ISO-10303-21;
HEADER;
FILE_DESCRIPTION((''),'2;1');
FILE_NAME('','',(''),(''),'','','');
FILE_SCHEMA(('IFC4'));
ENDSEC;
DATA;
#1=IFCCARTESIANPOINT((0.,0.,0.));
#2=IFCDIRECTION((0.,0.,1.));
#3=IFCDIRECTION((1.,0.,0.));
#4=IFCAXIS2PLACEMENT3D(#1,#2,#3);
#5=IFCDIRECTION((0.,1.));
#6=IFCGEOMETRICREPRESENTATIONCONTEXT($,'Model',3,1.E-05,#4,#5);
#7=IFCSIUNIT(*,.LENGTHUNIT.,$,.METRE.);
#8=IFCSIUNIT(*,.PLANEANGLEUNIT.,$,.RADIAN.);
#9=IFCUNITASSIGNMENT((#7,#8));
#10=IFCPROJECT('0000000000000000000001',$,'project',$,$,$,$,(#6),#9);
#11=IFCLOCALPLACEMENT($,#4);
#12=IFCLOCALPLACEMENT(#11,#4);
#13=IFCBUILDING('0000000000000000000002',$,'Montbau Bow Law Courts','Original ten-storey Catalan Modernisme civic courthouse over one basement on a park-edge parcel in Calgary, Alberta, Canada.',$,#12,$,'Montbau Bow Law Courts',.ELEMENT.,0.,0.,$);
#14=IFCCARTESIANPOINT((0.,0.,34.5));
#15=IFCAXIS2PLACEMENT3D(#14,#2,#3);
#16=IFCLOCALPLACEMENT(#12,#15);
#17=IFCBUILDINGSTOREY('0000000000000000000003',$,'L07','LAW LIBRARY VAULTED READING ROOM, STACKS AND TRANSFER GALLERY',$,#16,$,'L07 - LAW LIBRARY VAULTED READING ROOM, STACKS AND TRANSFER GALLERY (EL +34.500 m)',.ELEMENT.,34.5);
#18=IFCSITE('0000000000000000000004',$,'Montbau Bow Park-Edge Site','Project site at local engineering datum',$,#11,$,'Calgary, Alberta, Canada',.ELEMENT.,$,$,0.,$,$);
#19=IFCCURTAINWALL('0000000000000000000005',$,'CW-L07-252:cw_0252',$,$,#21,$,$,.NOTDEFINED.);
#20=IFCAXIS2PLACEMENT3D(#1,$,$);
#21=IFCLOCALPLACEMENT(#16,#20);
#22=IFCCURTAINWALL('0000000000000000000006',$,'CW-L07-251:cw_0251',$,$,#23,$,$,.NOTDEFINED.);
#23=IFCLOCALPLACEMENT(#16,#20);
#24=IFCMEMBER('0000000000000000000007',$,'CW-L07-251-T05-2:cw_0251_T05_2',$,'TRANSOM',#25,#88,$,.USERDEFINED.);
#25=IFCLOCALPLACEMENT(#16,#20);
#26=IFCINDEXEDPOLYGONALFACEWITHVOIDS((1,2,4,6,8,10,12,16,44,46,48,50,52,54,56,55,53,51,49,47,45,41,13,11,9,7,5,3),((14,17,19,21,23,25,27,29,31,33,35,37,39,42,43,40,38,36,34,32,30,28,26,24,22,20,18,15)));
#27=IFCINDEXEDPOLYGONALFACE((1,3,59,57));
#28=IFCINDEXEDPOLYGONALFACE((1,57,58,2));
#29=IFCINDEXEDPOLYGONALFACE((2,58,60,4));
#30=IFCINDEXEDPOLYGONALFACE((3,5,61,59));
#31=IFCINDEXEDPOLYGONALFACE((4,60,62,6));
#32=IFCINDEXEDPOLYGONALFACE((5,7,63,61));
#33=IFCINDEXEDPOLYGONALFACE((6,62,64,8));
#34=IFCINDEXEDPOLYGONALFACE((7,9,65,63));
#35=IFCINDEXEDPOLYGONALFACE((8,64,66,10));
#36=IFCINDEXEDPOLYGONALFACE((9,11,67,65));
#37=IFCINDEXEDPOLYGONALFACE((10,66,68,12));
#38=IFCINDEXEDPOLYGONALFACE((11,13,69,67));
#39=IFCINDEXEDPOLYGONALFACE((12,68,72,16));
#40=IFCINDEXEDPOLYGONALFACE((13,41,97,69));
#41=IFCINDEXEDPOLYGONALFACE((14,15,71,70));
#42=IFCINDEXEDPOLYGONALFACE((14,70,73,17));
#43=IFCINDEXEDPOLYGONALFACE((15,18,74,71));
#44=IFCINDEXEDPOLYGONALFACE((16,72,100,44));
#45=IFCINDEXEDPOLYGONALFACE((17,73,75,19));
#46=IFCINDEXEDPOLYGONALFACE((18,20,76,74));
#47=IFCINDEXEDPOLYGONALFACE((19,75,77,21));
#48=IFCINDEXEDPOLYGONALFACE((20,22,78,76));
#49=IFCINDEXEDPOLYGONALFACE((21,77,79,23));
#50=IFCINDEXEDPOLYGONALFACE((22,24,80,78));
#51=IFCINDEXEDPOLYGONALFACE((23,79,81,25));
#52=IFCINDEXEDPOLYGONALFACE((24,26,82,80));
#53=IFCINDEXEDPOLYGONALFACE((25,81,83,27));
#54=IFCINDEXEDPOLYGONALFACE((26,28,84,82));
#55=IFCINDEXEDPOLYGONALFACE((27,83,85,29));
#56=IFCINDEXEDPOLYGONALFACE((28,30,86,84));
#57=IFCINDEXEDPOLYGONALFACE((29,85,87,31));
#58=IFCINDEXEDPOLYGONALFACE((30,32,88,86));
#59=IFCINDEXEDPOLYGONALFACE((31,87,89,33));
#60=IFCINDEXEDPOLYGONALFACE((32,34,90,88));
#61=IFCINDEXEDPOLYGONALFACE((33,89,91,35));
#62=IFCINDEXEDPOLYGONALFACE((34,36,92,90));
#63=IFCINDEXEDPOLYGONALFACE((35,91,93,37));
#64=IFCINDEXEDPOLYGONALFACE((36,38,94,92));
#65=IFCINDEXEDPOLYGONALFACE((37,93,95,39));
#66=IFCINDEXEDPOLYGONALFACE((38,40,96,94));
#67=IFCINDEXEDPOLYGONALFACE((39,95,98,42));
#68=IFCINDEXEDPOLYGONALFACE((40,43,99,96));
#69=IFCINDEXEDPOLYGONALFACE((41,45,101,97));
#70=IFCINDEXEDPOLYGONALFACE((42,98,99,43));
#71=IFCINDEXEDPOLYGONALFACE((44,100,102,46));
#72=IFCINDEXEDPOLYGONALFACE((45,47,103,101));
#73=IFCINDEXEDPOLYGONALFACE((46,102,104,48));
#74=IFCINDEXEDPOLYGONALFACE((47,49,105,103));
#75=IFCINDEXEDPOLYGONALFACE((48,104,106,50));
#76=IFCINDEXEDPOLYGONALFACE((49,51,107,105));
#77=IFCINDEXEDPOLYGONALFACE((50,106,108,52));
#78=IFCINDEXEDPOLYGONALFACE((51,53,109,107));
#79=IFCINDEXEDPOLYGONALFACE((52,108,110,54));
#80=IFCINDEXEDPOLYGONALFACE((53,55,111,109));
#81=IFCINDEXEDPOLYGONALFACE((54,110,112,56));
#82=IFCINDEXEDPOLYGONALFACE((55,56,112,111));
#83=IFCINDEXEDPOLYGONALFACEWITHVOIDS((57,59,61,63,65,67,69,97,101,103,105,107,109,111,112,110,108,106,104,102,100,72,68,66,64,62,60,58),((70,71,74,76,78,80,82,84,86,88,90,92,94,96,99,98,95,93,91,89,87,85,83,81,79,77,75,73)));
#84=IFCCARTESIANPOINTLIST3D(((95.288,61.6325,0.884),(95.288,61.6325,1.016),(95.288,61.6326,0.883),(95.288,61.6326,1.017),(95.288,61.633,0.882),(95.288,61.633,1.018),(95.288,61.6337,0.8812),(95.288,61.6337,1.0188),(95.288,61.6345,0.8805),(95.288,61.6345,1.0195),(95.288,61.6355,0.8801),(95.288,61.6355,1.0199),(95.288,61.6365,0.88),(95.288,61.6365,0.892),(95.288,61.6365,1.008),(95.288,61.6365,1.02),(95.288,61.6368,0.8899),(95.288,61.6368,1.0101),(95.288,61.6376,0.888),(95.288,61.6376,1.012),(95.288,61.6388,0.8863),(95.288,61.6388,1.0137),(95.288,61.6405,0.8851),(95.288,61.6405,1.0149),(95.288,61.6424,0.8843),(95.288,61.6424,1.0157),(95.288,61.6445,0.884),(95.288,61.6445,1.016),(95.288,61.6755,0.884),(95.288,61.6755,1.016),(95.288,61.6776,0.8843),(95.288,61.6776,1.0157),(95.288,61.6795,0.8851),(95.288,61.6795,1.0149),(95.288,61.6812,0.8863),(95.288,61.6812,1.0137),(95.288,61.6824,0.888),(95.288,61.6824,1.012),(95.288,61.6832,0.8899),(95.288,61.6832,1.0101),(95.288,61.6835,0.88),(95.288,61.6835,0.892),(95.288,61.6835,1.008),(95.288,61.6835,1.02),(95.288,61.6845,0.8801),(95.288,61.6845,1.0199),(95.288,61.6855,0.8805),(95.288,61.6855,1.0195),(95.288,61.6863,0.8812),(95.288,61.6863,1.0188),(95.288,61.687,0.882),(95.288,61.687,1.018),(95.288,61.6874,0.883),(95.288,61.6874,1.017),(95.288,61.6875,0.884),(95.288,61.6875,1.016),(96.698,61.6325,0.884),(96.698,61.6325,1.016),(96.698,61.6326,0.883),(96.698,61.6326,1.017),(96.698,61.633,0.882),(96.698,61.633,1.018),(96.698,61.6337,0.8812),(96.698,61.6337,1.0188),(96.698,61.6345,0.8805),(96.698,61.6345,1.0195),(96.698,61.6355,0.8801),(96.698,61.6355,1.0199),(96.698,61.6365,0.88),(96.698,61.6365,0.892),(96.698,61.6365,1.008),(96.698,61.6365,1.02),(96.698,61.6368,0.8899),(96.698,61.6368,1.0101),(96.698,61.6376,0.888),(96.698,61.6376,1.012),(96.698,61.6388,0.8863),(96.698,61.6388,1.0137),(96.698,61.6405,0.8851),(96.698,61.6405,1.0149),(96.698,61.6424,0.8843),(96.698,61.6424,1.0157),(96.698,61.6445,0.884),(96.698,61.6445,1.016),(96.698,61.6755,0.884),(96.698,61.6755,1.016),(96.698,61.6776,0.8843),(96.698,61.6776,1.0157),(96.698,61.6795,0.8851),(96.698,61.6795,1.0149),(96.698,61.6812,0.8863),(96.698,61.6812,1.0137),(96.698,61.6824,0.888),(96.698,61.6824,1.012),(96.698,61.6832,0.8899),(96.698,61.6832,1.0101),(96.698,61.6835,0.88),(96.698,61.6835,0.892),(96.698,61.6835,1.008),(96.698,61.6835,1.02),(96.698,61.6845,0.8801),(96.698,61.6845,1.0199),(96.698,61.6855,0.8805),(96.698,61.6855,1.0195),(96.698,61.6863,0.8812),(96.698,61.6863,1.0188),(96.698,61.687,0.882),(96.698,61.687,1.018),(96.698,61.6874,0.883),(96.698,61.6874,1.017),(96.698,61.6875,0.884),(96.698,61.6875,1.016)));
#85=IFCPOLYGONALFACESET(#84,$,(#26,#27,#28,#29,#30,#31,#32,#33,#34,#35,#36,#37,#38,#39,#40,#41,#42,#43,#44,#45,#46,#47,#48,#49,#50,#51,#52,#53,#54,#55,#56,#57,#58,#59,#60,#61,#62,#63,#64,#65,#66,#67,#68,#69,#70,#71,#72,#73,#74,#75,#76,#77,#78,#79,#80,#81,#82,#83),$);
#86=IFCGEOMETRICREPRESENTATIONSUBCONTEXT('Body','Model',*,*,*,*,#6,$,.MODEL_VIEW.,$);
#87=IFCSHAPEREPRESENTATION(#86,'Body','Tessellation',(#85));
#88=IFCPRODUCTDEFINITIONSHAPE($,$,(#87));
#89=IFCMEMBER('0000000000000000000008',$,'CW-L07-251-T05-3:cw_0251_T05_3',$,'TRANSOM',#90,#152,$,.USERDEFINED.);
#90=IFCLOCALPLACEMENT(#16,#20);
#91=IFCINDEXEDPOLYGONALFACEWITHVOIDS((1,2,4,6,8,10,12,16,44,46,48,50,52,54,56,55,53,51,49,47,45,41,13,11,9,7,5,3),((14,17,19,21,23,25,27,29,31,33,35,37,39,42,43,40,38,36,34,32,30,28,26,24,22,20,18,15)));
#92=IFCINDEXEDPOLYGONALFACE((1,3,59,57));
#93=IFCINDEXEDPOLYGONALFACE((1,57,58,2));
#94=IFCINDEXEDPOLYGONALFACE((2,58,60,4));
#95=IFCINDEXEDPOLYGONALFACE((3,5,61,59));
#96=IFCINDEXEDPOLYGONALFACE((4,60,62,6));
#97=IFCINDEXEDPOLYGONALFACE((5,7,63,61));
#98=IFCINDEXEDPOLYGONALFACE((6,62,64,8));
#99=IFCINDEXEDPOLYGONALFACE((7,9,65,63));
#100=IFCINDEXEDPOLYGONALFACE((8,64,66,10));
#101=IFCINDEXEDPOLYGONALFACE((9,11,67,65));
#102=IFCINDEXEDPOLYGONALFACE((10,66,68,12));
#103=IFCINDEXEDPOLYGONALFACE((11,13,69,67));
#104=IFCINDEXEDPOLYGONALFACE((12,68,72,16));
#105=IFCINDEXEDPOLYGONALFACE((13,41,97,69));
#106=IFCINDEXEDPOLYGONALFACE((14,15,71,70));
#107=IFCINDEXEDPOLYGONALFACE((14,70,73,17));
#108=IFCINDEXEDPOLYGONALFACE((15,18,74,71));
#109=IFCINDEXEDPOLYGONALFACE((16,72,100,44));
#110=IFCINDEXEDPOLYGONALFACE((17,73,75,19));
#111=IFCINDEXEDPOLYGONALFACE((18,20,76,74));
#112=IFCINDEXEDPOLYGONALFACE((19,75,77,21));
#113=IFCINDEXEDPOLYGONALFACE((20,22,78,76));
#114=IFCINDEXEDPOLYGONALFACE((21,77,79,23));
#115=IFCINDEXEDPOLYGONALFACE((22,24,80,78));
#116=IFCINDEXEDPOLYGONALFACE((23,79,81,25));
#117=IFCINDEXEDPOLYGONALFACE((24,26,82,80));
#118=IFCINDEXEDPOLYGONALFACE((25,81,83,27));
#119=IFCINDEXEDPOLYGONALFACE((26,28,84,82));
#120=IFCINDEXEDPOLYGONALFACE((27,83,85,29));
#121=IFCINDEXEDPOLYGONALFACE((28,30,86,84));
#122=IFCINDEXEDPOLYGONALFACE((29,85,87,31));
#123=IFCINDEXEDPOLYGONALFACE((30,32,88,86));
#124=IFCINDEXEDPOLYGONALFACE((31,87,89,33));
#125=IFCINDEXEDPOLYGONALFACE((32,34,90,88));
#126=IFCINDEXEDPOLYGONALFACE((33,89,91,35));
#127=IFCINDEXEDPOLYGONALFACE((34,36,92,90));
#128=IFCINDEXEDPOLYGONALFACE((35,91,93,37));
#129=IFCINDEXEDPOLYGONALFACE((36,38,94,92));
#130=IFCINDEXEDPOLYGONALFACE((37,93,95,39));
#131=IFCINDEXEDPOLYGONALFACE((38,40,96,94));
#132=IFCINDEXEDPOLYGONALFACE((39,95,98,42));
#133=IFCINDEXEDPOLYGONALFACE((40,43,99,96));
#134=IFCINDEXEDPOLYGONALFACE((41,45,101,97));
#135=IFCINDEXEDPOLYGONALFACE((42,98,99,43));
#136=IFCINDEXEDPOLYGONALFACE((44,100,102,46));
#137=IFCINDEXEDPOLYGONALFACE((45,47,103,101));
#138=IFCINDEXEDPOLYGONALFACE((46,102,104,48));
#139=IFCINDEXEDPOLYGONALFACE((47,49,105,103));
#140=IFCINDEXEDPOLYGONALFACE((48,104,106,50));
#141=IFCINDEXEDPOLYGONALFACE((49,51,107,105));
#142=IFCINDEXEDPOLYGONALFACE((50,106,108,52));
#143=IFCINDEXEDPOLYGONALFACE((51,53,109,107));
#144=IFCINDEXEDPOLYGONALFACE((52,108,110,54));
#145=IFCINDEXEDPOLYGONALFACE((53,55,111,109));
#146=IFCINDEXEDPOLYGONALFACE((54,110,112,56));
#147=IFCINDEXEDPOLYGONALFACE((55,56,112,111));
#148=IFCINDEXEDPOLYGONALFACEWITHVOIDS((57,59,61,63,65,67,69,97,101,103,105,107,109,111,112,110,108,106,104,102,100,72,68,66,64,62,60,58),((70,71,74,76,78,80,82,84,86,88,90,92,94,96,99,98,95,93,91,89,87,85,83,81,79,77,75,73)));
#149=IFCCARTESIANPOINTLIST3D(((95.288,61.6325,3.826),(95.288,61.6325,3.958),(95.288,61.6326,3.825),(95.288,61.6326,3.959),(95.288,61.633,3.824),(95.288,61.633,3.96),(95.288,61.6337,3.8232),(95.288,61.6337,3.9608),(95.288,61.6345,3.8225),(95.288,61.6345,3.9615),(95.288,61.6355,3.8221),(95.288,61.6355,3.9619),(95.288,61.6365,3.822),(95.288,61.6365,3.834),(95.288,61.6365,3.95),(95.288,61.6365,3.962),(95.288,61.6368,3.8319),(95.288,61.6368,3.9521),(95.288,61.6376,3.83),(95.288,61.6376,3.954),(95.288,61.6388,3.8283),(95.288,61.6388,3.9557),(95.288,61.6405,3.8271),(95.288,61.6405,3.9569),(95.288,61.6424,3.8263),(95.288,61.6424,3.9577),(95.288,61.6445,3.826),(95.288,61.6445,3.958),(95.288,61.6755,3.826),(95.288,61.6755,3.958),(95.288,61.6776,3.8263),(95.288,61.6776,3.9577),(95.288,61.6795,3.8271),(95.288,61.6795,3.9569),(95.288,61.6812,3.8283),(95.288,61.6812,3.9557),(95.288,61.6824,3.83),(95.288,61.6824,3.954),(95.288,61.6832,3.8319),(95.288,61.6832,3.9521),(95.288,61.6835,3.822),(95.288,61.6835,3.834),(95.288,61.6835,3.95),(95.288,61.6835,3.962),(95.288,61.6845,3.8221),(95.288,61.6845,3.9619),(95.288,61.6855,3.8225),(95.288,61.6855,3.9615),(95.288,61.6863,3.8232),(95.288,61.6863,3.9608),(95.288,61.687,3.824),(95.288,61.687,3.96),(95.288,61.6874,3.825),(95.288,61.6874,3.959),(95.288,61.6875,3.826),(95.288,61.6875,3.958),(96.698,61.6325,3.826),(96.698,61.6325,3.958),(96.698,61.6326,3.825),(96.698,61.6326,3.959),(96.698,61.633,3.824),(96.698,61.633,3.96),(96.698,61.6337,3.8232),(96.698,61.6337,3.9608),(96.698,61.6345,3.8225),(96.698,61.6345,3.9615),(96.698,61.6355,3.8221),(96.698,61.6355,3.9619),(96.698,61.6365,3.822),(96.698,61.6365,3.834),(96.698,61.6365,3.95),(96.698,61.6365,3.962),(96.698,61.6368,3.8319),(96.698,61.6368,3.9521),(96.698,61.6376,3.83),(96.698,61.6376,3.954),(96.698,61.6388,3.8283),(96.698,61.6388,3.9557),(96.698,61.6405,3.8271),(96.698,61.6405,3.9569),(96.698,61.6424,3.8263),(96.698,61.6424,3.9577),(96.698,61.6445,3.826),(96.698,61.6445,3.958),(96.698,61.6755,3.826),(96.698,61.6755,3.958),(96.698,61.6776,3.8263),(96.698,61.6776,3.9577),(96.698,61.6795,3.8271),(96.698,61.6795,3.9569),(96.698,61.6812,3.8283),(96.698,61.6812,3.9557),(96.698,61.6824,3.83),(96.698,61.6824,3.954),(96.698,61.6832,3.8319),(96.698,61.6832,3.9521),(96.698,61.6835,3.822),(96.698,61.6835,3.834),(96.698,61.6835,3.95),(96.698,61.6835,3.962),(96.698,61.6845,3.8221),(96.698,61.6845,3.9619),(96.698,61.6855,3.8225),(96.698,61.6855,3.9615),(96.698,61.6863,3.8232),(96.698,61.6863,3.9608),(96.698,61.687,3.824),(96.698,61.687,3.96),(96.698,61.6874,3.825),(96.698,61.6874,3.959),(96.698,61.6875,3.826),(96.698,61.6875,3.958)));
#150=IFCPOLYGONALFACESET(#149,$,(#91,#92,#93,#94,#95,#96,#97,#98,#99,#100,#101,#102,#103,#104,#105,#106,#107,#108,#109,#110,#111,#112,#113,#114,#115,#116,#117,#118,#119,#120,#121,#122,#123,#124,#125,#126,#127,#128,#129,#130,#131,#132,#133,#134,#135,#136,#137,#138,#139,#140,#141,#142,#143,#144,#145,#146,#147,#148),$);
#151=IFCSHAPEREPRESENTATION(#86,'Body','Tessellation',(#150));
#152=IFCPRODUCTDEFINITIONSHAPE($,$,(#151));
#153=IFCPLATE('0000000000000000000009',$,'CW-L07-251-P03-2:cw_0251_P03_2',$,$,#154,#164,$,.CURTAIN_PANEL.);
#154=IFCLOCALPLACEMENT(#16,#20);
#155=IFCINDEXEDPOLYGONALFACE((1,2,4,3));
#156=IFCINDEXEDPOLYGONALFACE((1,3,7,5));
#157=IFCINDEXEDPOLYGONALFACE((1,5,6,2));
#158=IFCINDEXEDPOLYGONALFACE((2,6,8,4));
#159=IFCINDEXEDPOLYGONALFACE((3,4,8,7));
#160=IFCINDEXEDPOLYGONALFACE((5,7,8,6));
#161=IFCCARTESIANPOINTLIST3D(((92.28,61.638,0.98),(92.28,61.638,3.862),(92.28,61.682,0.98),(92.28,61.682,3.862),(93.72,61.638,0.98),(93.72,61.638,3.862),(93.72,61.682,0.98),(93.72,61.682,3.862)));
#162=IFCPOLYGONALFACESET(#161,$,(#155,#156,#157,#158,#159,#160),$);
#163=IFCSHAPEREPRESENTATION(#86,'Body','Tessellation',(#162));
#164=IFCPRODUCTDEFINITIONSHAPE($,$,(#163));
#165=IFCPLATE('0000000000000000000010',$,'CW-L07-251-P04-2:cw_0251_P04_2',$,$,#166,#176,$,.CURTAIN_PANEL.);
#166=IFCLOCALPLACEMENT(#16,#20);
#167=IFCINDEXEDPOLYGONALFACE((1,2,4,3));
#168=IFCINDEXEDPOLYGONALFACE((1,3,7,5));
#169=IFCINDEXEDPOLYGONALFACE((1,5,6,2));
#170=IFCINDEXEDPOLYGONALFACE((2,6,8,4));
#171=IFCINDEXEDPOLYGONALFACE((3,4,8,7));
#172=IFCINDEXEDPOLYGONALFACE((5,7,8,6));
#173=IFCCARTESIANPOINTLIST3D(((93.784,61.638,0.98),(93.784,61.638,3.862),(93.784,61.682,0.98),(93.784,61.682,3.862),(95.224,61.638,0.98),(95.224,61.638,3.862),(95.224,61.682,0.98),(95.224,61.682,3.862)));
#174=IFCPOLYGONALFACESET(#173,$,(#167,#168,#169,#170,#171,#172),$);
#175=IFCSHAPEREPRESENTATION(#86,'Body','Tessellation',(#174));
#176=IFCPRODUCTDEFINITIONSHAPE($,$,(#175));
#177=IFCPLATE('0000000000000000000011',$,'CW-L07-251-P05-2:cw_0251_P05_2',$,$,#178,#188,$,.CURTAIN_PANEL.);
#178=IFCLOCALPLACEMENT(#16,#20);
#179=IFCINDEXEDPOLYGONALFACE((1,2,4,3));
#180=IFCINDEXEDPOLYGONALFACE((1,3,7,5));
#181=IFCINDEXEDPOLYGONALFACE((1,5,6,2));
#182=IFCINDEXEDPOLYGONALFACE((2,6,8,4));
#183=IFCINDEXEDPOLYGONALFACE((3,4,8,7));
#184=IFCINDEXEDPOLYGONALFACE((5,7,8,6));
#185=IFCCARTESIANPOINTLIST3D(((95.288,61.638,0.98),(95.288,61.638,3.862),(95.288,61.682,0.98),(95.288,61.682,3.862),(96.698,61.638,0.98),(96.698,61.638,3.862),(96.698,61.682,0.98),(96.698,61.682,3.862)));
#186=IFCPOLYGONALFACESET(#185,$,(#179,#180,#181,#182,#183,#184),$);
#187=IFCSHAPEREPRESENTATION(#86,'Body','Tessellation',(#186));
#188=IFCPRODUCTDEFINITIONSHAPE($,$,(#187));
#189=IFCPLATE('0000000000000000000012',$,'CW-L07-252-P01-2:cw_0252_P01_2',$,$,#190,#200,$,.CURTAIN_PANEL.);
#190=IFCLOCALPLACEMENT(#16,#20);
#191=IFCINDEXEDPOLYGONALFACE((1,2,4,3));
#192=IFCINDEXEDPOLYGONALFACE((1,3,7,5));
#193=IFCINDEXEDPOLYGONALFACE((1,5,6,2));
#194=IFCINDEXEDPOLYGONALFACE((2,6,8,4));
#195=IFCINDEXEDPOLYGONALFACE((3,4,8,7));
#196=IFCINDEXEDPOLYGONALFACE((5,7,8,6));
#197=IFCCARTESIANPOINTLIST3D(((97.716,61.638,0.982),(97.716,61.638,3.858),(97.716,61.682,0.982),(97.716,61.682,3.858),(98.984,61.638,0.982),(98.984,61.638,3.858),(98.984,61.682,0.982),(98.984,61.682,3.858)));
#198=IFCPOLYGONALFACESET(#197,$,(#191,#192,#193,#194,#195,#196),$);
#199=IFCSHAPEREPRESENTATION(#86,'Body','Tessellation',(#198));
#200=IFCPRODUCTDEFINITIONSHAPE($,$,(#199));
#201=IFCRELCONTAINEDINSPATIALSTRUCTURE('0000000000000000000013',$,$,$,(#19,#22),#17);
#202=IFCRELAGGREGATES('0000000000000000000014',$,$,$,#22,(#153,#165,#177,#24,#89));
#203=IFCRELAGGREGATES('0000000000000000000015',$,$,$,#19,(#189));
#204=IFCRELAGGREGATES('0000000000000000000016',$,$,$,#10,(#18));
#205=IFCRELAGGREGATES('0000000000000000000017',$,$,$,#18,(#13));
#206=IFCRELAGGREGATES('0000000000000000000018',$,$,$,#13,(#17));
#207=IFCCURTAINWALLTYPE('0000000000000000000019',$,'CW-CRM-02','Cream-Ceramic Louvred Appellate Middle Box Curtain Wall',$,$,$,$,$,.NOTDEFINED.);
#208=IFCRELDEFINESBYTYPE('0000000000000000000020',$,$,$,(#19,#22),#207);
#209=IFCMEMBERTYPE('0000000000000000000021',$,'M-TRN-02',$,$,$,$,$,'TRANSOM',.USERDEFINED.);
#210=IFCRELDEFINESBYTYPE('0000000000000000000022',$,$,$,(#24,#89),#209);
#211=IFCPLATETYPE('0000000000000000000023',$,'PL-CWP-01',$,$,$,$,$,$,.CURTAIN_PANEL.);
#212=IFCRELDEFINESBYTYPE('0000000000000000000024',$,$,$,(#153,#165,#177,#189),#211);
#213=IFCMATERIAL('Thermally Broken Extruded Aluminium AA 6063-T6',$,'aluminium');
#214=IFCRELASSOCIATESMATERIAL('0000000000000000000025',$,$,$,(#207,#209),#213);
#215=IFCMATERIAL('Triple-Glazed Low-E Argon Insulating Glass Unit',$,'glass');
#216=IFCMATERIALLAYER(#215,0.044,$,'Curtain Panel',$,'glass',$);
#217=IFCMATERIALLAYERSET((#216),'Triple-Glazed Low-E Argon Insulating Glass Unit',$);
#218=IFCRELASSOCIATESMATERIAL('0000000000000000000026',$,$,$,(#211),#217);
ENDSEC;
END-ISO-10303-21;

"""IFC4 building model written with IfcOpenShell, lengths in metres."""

from ifc_helpers import new_model, si_unit, direction, frame, frame_2d, origin_with_axes, origin_2d_with_axis, place, context, subcontext, project, spatial, rectangle, hollow_rectangle, extrude, material, layer, layer_set, material_profile, profile_set, type_object, element, aggregate, save


model = new_model("IFC4")

# Units and contexts
model_context = context("Model", 3, precision=1e-05, world=origin_with_axes(), true_north=direction((0.0, 1.0)))
body_context = subcontext(model_context, "Body", "Model", "MODEL_VIEW")
ifc_project = project(units=[si_unit("LENGTHUNIT", "METRE"), si_unit("PLANEANGLEUNIT", "RADIAN")], contexts=[model_context])

# Site, building, storey
site_placement = place(None, origin_with_axes())
site = spatial("IfcSite", under=ifc_project, at=site_placement, Name="Montbau Bow Park-Edge Site", Description="Project site at local engineering datum", LongName="Calgary, Alberta, Canada", CompositionType="ELEMENT", RefElevation=0.0)
building_placement = place(site_placement, origin_with_axes())
building = spatial("IfcBuilding", under=site, at=building_placement, Name="Montbau Bow Law Courts", Description="Original ten-storey Catalan Modernisme civic courthouse over one basement on a park-edge parcel in Calgary, Alberta, Canada.", LongName="Montbau Bow Law Courts", CompositionType="ELEMENT", ElevationOfRefHeight=0.0, ElevationOfTerrain=0.0)
storey_placement = place(building_placement, frame((0.0, 0.0, 34.5), z_axis=(0.0, 0.0, 1.0), x_axis=(1.0, 0.0, 0.0)))
storey = spatial("IfcBuildingStorey", under=building, at=storey_placement, Name="L07", Description="LAW LIBRARY VAULTED READING ROOM, STACKS AND TRANSFER GALLERY", LongName="L07 - LAW LIBRARY VAULTED READING ROOM, STACKS AND TRANSFER GALLERY (EL +34.500 m)", CompositionType="ELEMENT", Elevation=34.5)

# Curtain walls
ifc_material_1 = material(Name="Thermally Broken Extruded Aluminium AA 6063-T6", Category="aluminium")
curtain_wall_type = type_object("IfcCurtainWallType", Name="CW-CRM-02", Description="Cream-Ceramic Louvred Appellate Middle Box Curtain Wall", PredefinedType="NOTDEFINED", material=ifc_material_1)
curtain_wall_1_placement = place(None, frame((97.64, 61.66, 34.5), z_axis=(0.0, 0.0, 1.0), x_axis=(1.0, 0.0, 0.0)))
curtain_wall_1 = element("IfcCurtainWall", 1, at=curtain_wall_1_placement, inside=storey, type_object=curtain_wall_type, Name="CW-L07-252:cw_0252", PredefinedType="NOTDEFINED")
curtain_wall_2_placement = place(None, frame((89.24, 61.66, 34.5), z_axis=(0.0, 0.0, 1.0), x_axis=(1.0, 0.0, 0.0)))
curtain_wall_2 = element("IfcCurtainWall", 2, at=curtain_wall_2_placement, inside=storey, type_object=curtain_wall_type, Name="CW-L07-251:cw_0251", PredefinedType="NOTDEFINED")

# Members
ifc_material_profile_1 = material_profile(ifc_material_1, hollow_rectangle(XDim=0.055, YDim=0.14, WallThickness=0.004, InnerFilletRadius=0.008, OuterFilletRadius=0.004, at=origin_2d_with_axis()), Name="CWT-140X55", Category="Main", Priority=0)
ifc_profile_set_1 = profile_set([ifc_material_profile_1], Name="Thermally Broken Extruded Aluminium AA 6063-T6")
member_type_1 = type_object("IfcMemberType", Name="M-TRN-02", ElementType="TRANSOM", PredefinedType="USERDEFINED", material=ifc_profile_set_1)
member_1_placement = place(None, frame((95.288, 61.66, 35.45), z_axis=(1.0, 0.0, 0.0), x_axis=(0.0, 1.0, 0.0)))
member_1 = element("IfcMember", 3, at=member_1_placement, type_object=member_type_1, Name="CW-L07-251-T05-2:cw_0251_T05_2", ObjectType="TRANSOM", PredefinedType="USERDEFINED", context=body_context, shape_type="SweptSolid", body=[
    extrude(hollow_rectangle(XDim=0.055, YDim=0.14, WallThickness=0.004, InnerFilletRadius=0.008, OuterFilletRadius=0.004, at=origin_2d_with_axis()), origin_with_axes(), (0.0, 0.0, 1.0), 1.41),
])
member_2_placement = place(None, frame((95.288, 61.66, 38.392), z_axis=(1.0, 0.0, 0.0), x_axis=(0.0, 1.0, 0.0)))
member_2 = element("IfcMember", 4, at=member_2_placement, type_object=member_type_1, Name="CW-L07-251-T05-3:cw_0251_T05_3", ObjectType="TRANSOM", PredefinedType="USERDEFINED", context=body_context, shape_type="SweptSolid", body=[
    extrude(hollow_rectangle(XDim=0.055, YDim=0.14, WallThickness=0.004, InnerFilletRadius=0.008, OuterFilletRadius=0.004, at=origin_2d_with_axis()), origin_with_axes(), (0.0, 0.0, 1.0), 1.41),
])

# Plates
ifc_material_2 = material(Name="Triple-Glazed Low-E Argon Insulating Glass Unit", Category="glass")
ifc_layer_1 = layer(ifc_material_2, 0.044, Name="Curtain Panel", Category="glass")
ifc_layer_set_1 = layer_set([ifc_layer_1], Name="Triple-Glazed Low-E Argon Insulating Glass Unit")
plate_type_1 = type_object("IfcPlateType", Name="PL-CWP-01", PredefinedType="CURTAIN_PANEL", material=ifc_layer_set_1)
plate_1_placement = place(None, frame((92.28, 61.66, 35.48), z_axis=(0.0, -1.0, 0.0), x_axis=(1.0, 0.0, 0.0)))
plate_1 = element("IfcPlate", 5, at=plate_1_placement, type_object=plate_type_1, Name="CW-L07-251-P03-2:cw_0251_P03_2", PredefinedType="CURTAIN_PANEL", context=body_context, shape_type="SweptSolid", body=[
    extrude(rectangle(XDim=1.44, YDim=2.882, at=frame_2d((0.72, 1.441), x_axis=(1.0, 0.0))), frame((0.0, 0.0, -0.022), z_axis=(0.0, 0.0, 1.0), x_axis=(1.0, 0.0, 0.0)), (0.0, 0.0, 1.0), 0.044),
])
plate_2_placement = place(None, frame((93.784, 61.66, 35.48), z_axis=(0.0, -1.0, 0.0), x_axis=(1.0, 0.0, 0.0)))
plate_2 = element("IfcPlate", 6, at=plate_2_placement, type_object=plate_type_1, Name="CW-L07-251-P04-2:cw_0251_P04_2", PredefinedType="CURTAIN_PANEL", context=body_context, shape_type="SweptSolid", body=[
    extrude(rectangle(XDim=1.44, YDim=2.882, at=frame_2d((0.72, 1.441), x_axis=(1.0, 0.0))), frame((0.0, 0.0, -0.022), z_axis=(0.0, 0.0, 1.0), x_axis=(1.0, 0.0, 0.0)), (0.0, 0.0, 1.0), 0.044),
])
plate_3_placement = place(None, frame((95.288, 61.66, 35.48), z_axis=(0.0, -1.0, 0.0), x_axis=(1.0, 0.0, 0.0)))
plate_3 = element("IfcPlate", 7, at=plate_3_placement, type_object=plate_type_1, Name="CW-L07-251-P05-2:cw_0251_P05_2", PredefinedType="CURTAIN_PANEL", context=body_context, shape_type="SweptSolid", body=[
    extrude(rectangle(XDim=1.41, YDim=2.882, at=frame_2d((0.705, 1.441), x_axis=(1.0, 0.0))), frame((0.0, 0.0, -0.022), z_axis=(0.0, 0.0, 1.0), x_axis=(1.0, 0.0, 0.0)), (0.0, 0.0, 1.0), 0.044),
])
plate_4_placement = place(None, frame((97.716, 61.66, 35.482), z_axis=(0.0, -1.0, 0.0), x_axis=(1.0, 0.0, 0.0)))
plate_4 = element("IfcPlate", 8, at=plate_4_placement, type_object=plate_type_1, Name="CW-L07-252-P01-2:cw_0252_P01_2", PredefinedType="CURTAIN_PANEL", context=body_context, shape_type="SweptSolid", body=[
    extrude(rectangle(XDim=1.268, YDim=2.876, at=frame_2d((0.634, 1.438), x_axis=(1.0, 0.0))), frame((0.0, 0.0, -0.022), z_axis=(0.0, 0.0, 1.0), x_axis=(1.0, 0.0, 0.0)), (0.0, 0.0, 1.0), 0.044),
])
aggregate(curtain_wall_2, [plate_1, plate_2, plate_3, member_1, member_2])
aggregate(curtain_wall_1, [plate_4])

save(model, "model.ifc")
